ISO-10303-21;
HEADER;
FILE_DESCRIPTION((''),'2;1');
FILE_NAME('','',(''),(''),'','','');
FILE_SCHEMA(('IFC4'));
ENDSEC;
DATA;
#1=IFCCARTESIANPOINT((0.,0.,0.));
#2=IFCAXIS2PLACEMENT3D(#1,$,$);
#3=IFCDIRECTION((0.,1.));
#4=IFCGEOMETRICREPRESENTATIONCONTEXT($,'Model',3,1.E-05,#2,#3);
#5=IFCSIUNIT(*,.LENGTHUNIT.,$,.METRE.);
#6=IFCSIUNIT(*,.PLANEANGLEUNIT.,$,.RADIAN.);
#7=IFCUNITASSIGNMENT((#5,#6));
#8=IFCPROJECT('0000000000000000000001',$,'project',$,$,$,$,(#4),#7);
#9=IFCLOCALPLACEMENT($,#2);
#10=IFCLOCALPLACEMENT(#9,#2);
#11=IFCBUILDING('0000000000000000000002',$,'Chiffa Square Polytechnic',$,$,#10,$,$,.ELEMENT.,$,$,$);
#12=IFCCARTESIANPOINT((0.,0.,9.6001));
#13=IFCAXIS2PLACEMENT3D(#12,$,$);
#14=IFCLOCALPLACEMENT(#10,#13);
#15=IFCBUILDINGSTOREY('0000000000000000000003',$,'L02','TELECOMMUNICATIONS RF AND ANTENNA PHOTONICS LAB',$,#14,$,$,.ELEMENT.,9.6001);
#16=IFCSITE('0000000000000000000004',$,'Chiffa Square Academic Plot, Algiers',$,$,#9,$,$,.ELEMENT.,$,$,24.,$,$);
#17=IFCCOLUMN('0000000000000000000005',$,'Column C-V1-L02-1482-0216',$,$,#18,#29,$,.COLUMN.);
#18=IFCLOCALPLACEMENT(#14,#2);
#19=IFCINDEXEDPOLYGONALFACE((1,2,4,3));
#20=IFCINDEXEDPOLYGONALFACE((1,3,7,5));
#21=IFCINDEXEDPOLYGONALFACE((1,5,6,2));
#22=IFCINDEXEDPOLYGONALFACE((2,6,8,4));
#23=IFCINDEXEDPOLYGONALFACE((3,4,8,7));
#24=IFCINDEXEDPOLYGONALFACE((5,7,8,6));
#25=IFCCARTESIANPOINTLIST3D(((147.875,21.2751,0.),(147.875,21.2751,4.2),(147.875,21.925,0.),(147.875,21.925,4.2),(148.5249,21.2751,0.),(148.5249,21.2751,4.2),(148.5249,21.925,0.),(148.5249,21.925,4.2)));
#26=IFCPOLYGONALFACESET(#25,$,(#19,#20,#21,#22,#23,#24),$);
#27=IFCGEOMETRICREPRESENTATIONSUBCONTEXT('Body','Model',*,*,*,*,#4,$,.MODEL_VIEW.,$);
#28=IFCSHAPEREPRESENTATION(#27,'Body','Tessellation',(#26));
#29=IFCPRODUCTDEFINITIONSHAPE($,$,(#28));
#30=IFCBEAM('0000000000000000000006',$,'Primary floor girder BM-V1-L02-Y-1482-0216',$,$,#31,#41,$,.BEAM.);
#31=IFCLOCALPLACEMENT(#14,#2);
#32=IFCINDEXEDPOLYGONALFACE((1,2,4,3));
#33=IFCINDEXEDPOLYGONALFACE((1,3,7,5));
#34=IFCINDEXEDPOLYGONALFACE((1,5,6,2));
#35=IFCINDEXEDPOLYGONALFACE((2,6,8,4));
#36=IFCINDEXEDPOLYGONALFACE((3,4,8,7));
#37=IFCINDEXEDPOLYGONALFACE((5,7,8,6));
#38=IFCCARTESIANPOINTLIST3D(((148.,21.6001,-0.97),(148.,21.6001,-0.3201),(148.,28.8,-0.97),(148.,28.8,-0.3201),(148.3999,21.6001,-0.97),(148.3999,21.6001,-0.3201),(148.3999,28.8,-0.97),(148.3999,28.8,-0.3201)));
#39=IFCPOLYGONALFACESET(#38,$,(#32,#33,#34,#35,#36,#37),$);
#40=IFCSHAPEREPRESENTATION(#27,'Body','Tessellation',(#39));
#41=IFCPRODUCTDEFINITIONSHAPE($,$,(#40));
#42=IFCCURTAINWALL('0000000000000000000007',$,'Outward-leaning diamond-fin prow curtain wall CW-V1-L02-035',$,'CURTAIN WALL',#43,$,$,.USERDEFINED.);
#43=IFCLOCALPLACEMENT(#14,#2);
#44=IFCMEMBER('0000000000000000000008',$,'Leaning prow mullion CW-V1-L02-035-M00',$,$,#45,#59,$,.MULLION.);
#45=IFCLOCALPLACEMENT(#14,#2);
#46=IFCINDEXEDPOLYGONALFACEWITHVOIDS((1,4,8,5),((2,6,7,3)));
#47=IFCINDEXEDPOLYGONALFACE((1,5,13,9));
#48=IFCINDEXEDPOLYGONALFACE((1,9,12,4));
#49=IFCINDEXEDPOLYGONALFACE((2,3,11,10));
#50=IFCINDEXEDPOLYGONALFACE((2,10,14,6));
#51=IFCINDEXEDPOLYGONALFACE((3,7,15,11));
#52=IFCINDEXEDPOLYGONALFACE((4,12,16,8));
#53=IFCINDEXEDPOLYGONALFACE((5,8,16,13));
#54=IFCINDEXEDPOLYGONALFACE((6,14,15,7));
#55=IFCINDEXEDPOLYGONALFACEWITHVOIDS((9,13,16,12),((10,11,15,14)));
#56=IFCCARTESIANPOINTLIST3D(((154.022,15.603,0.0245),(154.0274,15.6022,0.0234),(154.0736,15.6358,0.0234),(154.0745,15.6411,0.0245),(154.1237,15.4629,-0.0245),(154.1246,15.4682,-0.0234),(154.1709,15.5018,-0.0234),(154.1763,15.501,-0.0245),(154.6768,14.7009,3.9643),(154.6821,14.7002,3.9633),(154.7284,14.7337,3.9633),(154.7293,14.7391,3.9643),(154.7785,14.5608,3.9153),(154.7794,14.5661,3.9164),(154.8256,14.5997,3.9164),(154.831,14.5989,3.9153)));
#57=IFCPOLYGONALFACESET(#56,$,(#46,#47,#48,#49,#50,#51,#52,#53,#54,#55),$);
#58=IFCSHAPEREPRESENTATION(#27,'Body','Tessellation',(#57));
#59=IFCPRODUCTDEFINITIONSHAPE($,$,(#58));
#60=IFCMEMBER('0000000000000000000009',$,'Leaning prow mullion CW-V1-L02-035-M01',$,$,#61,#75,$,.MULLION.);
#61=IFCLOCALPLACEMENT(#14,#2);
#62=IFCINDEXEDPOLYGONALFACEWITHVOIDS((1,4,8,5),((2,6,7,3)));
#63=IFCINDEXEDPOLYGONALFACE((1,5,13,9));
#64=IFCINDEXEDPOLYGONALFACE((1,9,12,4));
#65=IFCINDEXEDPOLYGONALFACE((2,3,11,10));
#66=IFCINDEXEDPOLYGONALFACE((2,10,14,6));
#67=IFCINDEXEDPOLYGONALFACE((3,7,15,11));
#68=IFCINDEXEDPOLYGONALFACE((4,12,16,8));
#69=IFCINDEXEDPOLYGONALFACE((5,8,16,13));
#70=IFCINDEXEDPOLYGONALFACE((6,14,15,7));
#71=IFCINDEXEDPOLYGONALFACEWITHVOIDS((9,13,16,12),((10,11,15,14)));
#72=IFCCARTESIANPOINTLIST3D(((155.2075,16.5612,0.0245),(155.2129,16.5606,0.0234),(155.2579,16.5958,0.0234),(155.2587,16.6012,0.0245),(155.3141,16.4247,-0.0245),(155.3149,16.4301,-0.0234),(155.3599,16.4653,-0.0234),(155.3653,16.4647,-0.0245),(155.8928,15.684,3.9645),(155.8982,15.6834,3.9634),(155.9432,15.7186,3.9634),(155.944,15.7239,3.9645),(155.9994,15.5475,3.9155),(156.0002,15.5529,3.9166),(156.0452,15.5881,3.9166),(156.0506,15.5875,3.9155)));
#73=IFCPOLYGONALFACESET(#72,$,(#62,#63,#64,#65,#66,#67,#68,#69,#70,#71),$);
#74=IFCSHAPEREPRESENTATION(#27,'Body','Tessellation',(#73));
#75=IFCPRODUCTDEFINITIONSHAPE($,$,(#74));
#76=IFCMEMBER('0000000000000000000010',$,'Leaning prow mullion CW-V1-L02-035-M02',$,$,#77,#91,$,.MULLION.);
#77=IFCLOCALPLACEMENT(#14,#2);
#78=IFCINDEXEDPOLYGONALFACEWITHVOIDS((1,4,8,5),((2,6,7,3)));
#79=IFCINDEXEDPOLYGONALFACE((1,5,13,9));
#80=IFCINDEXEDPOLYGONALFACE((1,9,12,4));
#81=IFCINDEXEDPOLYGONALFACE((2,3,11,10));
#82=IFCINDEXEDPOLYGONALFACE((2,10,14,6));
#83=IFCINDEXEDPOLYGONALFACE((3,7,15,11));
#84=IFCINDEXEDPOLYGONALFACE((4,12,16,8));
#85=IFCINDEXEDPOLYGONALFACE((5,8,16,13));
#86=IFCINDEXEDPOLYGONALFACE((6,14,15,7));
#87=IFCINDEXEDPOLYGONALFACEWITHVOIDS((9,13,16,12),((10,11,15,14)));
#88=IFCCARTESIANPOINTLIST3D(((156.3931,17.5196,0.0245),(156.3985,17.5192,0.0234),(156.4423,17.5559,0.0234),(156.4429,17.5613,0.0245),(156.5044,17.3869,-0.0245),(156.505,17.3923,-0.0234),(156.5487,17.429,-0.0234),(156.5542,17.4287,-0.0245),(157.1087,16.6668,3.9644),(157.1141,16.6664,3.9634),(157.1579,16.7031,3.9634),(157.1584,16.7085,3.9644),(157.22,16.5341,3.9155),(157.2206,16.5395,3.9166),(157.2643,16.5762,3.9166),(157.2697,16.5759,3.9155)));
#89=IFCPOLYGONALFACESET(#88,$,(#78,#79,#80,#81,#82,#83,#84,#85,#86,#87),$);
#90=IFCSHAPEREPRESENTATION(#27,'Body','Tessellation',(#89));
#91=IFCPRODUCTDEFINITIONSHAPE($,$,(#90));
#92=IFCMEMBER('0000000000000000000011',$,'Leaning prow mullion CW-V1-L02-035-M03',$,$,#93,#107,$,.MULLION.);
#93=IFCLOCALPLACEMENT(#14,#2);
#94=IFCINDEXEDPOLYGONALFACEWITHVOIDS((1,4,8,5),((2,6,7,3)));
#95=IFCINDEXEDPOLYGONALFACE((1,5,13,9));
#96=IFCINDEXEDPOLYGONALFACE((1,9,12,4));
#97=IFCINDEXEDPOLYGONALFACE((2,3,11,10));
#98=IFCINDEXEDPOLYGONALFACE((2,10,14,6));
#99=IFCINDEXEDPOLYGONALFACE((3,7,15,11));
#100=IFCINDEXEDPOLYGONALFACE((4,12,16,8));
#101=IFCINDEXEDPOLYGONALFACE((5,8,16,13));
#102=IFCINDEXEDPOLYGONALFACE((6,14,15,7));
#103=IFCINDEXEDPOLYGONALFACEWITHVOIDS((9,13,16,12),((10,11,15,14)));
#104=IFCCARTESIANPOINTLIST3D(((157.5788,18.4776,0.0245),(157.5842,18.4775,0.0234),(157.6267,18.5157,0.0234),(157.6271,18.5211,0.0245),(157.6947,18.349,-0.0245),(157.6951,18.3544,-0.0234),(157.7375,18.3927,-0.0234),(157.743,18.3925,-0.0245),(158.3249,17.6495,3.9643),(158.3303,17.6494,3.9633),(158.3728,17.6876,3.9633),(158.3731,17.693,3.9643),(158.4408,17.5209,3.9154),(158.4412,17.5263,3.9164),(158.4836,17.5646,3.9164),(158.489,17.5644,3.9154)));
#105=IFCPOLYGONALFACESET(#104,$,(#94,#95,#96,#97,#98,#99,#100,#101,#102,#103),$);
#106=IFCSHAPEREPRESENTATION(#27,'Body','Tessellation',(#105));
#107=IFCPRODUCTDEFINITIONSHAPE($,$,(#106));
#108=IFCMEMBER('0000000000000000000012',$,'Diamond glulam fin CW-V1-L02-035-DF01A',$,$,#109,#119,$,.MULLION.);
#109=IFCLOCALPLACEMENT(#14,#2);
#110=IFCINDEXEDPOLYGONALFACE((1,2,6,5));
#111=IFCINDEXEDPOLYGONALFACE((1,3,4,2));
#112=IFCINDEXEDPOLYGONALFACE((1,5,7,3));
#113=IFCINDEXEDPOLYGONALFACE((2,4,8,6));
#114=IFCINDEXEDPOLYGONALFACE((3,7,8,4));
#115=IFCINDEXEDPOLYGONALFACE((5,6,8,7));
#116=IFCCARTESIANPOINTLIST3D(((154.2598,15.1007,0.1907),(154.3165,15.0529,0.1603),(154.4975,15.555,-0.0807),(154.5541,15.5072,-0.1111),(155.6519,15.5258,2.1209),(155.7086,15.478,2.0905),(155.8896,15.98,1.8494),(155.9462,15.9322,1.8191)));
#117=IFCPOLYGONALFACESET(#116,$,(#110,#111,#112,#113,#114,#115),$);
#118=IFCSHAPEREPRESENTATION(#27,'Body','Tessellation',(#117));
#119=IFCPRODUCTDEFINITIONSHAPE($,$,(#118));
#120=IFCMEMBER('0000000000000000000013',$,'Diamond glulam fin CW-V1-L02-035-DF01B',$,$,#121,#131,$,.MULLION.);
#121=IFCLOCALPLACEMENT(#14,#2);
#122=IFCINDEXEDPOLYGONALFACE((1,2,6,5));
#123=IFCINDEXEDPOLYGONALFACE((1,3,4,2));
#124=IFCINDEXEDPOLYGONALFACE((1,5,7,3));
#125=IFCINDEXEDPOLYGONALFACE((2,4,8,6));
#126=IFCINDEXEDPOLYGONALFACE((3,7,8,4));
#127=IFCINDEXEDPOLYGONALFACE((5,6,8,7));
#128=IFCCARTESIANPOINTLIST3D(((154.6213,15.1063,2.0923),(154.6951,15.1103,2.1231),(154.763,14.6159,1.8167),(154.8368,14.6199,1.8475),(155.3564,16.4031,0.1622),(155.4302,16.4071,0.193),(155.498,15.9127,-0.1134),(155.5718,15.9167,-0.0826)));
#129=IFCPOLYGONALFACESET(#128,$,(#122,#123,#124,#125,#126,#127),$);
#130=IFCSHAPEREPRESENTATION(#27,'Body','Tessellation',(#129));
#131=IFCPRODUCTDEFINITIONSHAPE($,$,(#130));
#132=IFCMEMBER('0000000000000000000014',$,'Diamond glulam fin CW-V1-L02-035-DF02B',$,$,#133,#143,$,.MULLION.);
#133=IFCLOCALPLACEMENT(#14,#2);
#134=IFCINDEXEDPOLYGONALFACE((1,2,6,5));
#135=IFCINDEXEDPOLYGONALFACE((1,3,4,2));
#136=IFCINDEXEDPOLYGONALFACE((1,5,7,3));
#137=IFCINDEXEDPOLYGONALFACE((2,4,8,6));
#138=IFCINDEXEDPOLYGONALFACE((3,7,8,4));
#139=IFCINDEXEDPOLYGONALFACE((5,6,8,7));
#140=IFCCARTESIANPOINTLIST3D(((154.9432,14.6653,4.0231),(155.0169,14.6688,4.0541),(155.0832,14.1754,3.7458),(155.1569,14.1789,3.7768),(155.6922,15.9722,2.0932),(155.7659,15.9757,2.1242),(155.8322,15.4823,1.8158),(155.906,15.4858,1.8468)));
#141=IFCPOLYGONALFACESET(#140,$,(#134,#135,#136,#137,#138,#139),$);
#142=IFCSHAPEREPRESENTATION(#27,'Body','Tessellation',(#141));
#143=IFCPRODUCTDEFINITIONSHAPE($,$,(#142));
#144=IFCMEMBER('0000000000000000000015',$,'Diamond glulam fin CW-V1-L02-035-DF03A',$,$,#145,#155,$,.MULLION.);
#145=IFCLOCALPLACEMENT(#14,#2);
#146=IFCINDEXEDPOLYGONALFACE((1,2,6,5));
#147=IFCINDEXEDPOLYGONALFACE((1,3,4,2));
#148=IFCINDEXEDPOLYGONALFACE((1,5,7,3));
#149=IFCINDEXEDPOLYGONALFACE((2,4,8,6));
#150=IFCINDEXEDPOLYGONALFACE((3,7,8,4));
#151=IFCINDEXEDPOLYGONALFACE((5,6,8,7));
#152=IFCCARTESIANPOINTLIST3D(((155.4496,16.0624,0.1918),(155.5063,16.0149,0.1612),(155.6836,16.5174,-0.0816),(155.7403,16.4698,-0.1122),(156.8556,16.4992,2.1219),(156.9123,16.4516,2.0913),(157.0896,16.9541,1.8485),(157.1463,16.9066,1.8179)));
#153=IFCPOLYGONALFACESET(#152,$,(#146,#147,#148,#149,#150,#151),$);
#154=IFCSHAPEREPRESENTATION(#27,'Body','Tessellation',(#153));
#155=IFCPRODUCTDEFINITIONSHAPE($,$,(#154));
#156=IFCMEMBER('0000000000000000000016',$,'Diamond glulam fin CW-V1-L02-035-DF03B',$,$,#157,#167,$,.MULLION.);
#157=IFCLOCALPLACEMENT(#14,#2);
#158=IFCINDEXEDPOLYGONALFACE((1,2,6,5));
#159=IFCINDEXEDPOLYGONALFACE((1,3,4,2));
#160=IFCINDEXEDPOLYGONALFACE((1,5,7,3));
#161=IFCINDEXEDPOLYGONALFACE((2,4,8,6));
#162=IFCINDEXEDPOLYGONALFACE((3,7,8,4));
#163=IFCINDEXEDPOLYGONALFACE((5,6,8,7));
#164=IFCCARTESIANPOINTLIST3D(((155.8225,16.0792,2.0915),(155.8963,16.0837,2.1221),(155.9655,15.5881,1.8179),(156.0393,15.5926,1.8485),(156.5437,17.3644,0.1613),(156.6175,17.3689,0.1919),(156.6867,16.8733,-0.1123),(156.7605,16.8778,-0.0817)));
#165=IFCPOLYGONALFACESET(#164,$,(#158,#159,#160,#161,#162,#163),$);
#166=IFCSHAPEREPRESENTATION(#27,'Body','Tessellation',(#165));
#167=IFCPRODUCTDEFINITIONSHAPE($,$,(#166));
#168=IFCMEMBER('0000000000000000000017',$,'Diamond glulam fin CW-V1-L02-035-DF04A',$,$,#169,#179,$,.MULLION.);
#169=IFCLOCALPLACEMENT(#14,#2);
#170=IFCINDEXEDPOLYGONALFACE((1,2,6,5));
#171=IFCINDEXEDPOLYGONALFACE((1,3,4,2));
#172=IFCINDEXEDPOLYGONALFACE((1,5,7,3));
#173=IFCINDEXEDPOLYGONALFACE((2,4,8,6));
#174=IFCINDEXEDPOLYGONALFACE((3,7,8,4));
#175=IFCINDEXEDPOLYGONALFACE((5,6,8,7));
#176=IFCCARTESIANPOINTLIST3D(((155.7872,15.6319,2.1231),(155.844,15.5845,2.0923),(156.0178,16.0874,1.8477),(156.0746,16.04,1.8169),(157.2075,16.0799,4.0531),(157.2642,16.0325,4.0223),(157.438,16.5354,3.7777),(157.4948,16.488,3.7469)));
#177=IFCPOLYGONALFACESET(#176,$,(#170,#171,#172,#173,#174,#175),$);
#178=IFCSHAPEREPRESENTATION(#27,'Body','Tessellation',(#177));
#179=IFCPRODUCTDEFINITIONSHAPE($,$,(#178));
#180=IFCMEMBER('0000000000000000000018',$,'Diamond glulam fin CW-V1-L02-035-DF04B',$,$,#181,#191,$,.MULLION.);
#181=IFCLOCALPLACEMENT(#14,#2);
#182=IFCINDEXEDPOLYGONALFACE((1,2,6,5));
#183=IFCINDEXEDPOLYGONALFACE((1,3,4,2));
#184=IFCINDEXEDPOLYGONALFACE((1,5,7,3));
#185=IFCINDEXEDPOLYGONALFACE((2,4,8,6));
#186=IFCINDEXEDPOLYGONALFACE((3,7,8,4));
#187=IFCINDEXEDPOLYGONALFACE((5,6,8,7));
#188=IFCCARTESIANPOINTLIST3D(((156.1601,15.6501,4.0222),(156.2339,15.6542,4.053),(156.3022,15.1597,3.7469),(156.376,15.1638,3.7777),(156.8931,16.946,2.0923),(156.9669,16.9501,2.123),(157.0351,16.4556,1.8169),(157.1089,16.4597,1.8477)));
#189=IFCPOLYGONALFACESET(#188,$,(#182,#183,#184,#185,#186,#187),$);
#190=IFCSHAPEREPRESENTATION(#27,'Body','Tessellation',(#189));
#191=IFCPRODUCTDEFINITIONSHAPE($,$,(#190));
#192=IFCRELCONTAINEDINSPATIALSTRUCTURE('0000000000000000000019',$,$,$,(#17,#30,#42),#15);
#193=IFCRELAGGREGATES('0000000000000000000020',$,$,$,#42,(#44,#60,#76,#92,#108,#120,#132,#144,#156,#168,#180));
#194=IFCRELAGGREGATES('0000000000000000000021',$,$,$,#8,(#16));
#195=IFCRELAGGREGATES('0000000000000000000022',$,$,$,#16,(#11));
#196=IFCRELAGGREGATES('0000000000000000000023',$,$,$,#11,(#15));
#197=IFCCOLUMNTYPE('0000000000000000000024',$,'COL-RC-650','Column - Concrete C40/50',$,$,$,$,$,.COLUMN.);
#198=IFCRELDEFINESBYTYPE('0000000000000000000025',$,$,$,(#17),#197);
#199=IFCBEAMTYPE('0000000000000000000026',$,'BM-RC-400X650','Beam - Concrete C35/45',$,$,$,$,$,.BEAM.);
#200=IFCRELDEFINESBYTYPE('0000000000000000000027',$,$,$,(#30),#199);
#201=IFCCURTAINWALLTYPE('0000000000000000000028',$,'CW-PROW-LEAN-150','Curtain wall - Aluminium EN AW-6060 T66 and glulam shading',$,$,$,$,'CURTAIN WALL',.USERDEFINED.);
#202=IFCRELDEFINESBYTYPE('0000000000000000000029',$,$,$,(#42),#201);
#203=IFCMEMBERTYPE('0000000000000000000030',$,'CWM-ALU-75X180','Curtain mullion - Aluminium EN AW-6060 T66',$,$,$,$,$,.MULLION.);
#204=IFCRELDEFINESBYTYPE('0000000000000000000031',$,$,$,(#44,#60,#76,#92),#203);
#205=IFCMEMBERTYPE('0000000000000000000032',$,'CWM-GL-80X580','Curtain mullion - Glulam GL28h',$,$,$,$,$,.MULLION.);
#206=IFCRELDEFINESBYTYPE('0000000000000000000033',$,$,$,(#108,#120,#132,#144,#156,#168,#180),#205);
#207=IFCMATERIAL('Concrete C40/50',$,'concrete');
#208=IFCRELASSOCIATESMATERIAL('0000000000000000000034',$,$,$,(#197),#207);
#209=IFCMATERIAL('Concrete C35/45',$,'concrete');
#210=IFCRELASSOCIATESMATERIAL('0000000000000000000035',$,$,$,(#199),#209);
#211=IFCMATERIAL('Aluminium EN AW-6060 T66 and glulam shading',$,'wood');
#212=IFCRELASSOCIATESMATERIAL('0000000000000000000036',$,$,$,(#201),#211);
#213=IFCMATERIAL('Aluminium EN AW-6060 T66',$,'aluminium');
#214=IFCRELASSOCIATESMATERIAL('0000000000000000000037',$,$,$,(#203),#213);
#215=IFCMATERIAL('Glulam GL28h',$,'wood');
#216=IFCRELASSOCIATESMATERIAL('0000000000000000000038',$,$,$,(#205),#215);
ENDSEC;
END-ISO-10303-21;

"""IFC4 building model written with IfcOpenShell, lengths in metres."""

from ifc_helpers import new_model, si_unit, direction, frame, origin, origin_2d, place, context, subcontext, project, spatial, rectangle, hollow_rectangle, extrude, material, material_profile, profile_set, type_object, element, aggregate, save


model = new_model("IFC4")

# Units and contexts
model_context = context("Model", 3, precision=1e-05, world=origin(), true_north=direction((0.0, 1.0)))
body_context = subcontext(model_context, "Body", "Model", "MODEL_VIEW")
ifc_project = project(units=[si_unit("LENGTHUNIT", "METRE"), si_unit("PLANEANGLEUNIT", "RADIAN")], contexts=[model_context])

# Site, building, storey
site_placement = place(None, origin())
site = spatial("IfcSite", under=ifc_project, at=site_placement, Name="Chiffa Square Academic Plot, Algiers", CompositionType="ELEMENT", RefElevation=24.0)
building_placement = place(site_placement, origin())
building = spatial("IfcBuilding", under=site, at=building_placement, Name="Chiffa Square Polytechnic", CompositionType="ELEMENT")
storey_placement = place(building_placement, frame((0.0, 0.0, 9.6001)))
storey = spatial("IfcBuildingStorey", under=building, at=storey_placement, Name="L02", Description="TELECOMMUNICATIONS RF AND ANTENNA PHOTONICS LAB", CompositionType="ELEMENT", Elevation=9.6001)

# Column
ifc_material_1 = material(Name="Concrete C40/50", Category="concrete")
ifc_material_profile_1 = material_profile(ifc_material_1, rectangle(XDim=0.6499, YDim=0.6499, at=origin_2d()), Name="RC 650x650")
ifc_profile_set_1 = profile_set([ifc_material_profile_1], Name="Concrete C40/50")
column_type = type_object("IfcColumnType", Name="COL-RC-650", Description="Column - Concrete C40/50", PredefinedType="COLUMN", material=ifc_profile_set_1)
column_placement = place(storey_placement, frame((148.2, 21.6001, 0.0), z_axis=(0.0, 0.0, 1.0), x_axis=(1.0, 0.0, 0.0)))
element("IfcColumn", 1, at=column_placement, inside=storey, type_object=column_type, Name="Column C-V1-L02-1482-0216", PredefinedType="COLUMN", context=body_context, shape_type="SweptSolid", body=[
    extrude(rectangle(XDim=0.6499, YDim=0.6499, at=origin_2d()), origin(), (0.0, 0.0, 1.0), 4.2),
])

# Beam
ifc_material_2 = material(Name="Concrete C35/45", Category="concrete")
ifc_material_profile_2 = material_profile(ifc_material_2, rectangle(XDim=0.3999, YDim=0.6499, at=origin_2d()), Name="RC 400x650")
ifc_profile_set_2 = profile_set([ifc_material_profile_2], Name="Concrete C35/45")
beam_type = type_object("IfcBeamType", Name="BM-RC-400X650", Description="Beam - Concrete C35/45", PredefinedType="BEAM", material=ifc_profile_set_2)
beam_placement = place(storey_placement, frame((148.2, 21.6001, -0.645), z_axis=(0.0, 1.0, 0.0), x_axis=(-1.0, 0.0, 0.0)))
element("IfcBeam", 2, at=beam_placement, inside=storey, type_object=beam_type, Name="Primary floor girder BM-V1-L02-Y-1482-0216", PredefinedType="BEAM", context=body_context, shape_type="SweptSolid", body=[
    extrude(rectangle(XDim=0.3999, YDim=0.6499, at=origin_2d()), origin(), (0.0, 0.0, 1.0), 7.2),
])

# Curtain wall, members
ifc_material_3 = material(Name="Aluminium EN AW-6060 T66 and glulam shading", Category="wood")
curtain_wall_type = type_object("IfcCurtainWallType", Name="CW-PROW-LEAN-150", Description="Curtain wall - Aluminium EN AW-6060 T66 and glulam shading", ElementType="CURTAIN WALL", PredefinedType="USERDEFINED", material=ifc_material_3)
curtain_wall_placement = place(storey_placement, origin())
curtain_wall = element("IfcCurtainWall", 3, at=curtain_wall_placement, inside=storey, type_object=curtain_wall_type, Name="Outward-leaning diamond-fin prow curtain wall CW-V1-L02-035", ObjectType="CURTAIN WALL", PredefinedType="USERDEFINED")
ifc_material_4 = material(Name="Aluminium EN AW-6060 T66", Category="aluminium")
ifc_material_profile_3 = material_profile(ifc_material_4, hollow_rectangle(XDim=0.0649, YDim=0.1799, WallThickness=0.0039, at=origin_2d()), Name="ALU 65x180x4")
ifc_profile_set_3 = profile_set([ifc_material_profile_3], Name="Aluminium EN AW-6060 T66")
member_type_1 = type_object("IfcMemberType", Name="CWM-ALU-75X180", Description="Curtain mullion - Aluminium EN AW-6060 T66", PredefinedType="MULLION", material=ifc_profile_set_3)
member_1_placement = place(storey_placement, frame((154.0991, 15.552, 0.0), z_axis=(0.159915, -0.220315, 0.962231), x_axis=(0.809285, 0.587416, 0.0)))
member_1 = element("IfcMember", 4, at=member_1_placement, type_object=member_type_1, Name="Leaning prow mullion CW-V1-L02-035-M00", PredefinedType="MULLION", context=body_context, shape_type="SweptSolid", body=[
    extrude(hollow_rectangle(XDim=0.0649, YDim=0.1799, WallThickness=0.0039, at=origin_2d()), origin(), (0.0, 0.0, 1.0), 4.0945),
])
member_2_placement = place(storey_placement, frame((155.2864, 16.5129, 0.0), z_axis=(0.167385, -0.214255, 0.962329), x_axis=(0.788028, 0.61564, 0.0)))
member_2 = element("IfcMember", 5, at=member_2_placement, type_object=member_type_1, Name="Leaning prow mullion CW-V1-L02-035-M01", PredefinedType="MULLION", context=body_context, shape_type="SweptSolid", body=[
    extrude(hollow_rectangle(XDim=0.0649, YDim=0.1799, WallThickness=0.0039, at=origin_2d()), origin(), (0.0, 0.0, 1.0), 4.0942),
])
member_3_placement = place(storey_placement, frame((156.4736, 17.4741, 0.0), z_axis=(0.174778, -0.208291, 0.962324), x_axis=(0.766042, 0.642791, 0.0)))
member_3 = element("IfcMember", 6, at=member_3_placement, type_object=member_type_1, Name="Leaning prow mullion CW-V1-L02-035-M02", PredefinedType="MULLION", context=body_context, shape_type="SweptSolid", body=[
    extrude(hollow_rectangle(XDim=0.0649, YDim=0.1799, WallThickness=0.0039, at=origin_2d()), origin(), (0.0, 0.0, 1.0), 4.0942),
])
member_4_placement = place(storey_placement, frame((157.6609, 18.4351, 0.0), z_axis=(0.182215, -0.202249, 0.962233), x_axis=(0.742946, 0.669352, 0.0)))
member_4 = element("IfcMember", 7, at=member_4_placement, type_object=member_type_1, Name="Leaning prow mullion CW-V1-L02-035-M03", PredefinedType="MULLION", context=body_context, shape_type="SweptSolid", body=[
    extrude(hollow_rectangle(XDim=0.0649, YDim=0.1799, WallThickness=0.0039, at=origin_2d()), origin(), (0.0, 0.0, 1.0), 4.0945),
])
ifc_material_5 = material(Name="Glulam GL28h", Category="wood")
ifc_material_profile_4 = material_profile(ifc_material_5, rectangle(XDim=0.0801, YDim=0.5801, at=origin_2d()), Name="GL28h 80x580")
ifc_profile_set_4 = profile_set([ifc_material_profile_4], Name="Glulam GL28h")
member_type_2 = type_object("IfcMemberType", Name="CWM-GL-80X580", Description="Curtain mullion - Glulam GL28h", PredefinedType="MULLION", material=ifc_profile_set_4)
member_5_placement = place(storey_placement, frame((154.407, 15.304, 0.0398), z_axis=(0.575846, 0.175824, 0.798428), x_axis=(-0.707509, 0.59654, 0.378908)))
member_5 = element("IfcMember", 8, at=member_5_placement, type_object=member_type_2, Name="Diamond glulam fin CW-V1-L02-035-DF01A", PredefinedType="MULLION", context=body_context, shape_type="SweptSolid", body=[
    extrude(rectangle(XDim=0.0801, YDim=0.5801, at=origin_2d()), origin(), (0.0, 0.0, 1.0), 2.4175),
])
member_6_placement = place(storey_placement, frame((155.4641, 16.1599, 0.0398), z_axis=(-0.301419, -0.531763, 0.791438), x_axis=(0.921694, 0.050074, 0.384672)))
member_6 = element("IfcMember", 9, at=member_6_placement, type_object=member_type_2, Name="Diamond glulam fin CW-V1-L02-035-DF01B", PredefinedType="MULLION", context=body_context, shape_type="SweptSolid", body=[
    extrude(rectangle(XDim=0.0801, YDim=0.5801, at=origin_2d()), origin(), (0.0, 0.0, 1.0), 2.4387),
])
member_7_placement = place(storey_placement, frame((155.7991, 15.729, 1.97), z_axis=(-0.30595, -0.533817, 0.788311), x_axis=(0.920943, 0.043978, 0.387207)))
member_7 = element("IfcMember", 10, at=member_7_placement, type_object=member_type_2, Name="Diamond glulam fin CW-V1-L02-035-DF02B", PredefinedType="MULLION", context=body_context, shape_type="SweptSolid", body=[
    extrude(rectangle(XDim=0.0801, YDim=0.5801, at=origin_2d()), origin(), (0.0, 0.0, 1.0), 2.4482),
])
member_8_placement = place(storey_placement, frame((155.595, 16.2661, 0.0398), z_axis=(0.579177, 0.179918, 0.795099), x_axis=(-0.708395, 0.593721, 0.38167)))
member_8 = element("IfcMember", 11, at=member_8_placement, type_object=member_type_2, Name="Diamond glulam fin CW-V1-L02-035-DF03A", PredefinedType="MULLION", context=body_context, shape_type="SweptSolid", body=[
    extrude(rectangle(XDim=0.0801, YDim=0.5801, at=origin_2d()), origin(), (0.0, 0.0, 1.0), 2.4275),
])
member_9_placement = place(storey_placement, frame((156.6521, 17.1211, 0.0398), z_axis=(-0.296977, -0.529211, 0.794821), x_axis=(0.922513, 0.055888, 0.381899)))
member_9 = element("IfcMember", 12, at=member_9_placement, type_object=member_type_2, Name="Diamond glulam fin CW-V1-L02-035-DF03B", PredefinedType="MULLION", context=body_context, shape_type="SweptSolid", body=[
    extrude(rectangle(XDim=0.0801, YDim=0.5801, at=origin_2d()), origin(), (0.0, 0.0, 1.0), 2.4285),
])
member_10_placement = place(storey_placement, frame((155.9309, 15.8359, 1.97), z_axis=(0.582593, 0.183782, 0.791713), x_axis=(-0.708957, 0.591253, 0.384447)))
member_10 = element("IfcMember", 13, at=member_10_placement, type_object=member_type_2, Name="Diamond glulam fin CW-V1-L02-035-DF04A", PredefinedType="MULLION", context=body_context, shape_type="SweptSolid", body=[
    extrude(rectangle(XDim=0.0801, YDim=0.5801, at=origin_2d()), origin(), (0.0, 0.0, 1.0), 2.4377),
])
member_11_placement = place(storey_placement, frame((157.001, 16.7029, 1.97), z_axis=(-0.300688, -0.531662, 0.791784), x_axis=(0.921753, 0.051149, 0.38439)))
member_11 = element("IfcMember", 14, at=member_11_placement, type_object=member_type_2, Name="Diamond glulam fin CW-V1-L02-035-DF04B", PredefinedType="MULLION", context=body_context, shape_type="SweptSolid", body=[
    extrude(rectangle(XDim=0.0801, YDim=0.5801, at=origin_2d()), origin(), (0.0, 0.0, 1.0), 2.4375),
])
aggregate(curtain_wall, [member_1, member_2, member_3, member_4, member_5, member_6, member_7, member_8, member_9, member_10, member_11])

save(model, "model.ifc")
